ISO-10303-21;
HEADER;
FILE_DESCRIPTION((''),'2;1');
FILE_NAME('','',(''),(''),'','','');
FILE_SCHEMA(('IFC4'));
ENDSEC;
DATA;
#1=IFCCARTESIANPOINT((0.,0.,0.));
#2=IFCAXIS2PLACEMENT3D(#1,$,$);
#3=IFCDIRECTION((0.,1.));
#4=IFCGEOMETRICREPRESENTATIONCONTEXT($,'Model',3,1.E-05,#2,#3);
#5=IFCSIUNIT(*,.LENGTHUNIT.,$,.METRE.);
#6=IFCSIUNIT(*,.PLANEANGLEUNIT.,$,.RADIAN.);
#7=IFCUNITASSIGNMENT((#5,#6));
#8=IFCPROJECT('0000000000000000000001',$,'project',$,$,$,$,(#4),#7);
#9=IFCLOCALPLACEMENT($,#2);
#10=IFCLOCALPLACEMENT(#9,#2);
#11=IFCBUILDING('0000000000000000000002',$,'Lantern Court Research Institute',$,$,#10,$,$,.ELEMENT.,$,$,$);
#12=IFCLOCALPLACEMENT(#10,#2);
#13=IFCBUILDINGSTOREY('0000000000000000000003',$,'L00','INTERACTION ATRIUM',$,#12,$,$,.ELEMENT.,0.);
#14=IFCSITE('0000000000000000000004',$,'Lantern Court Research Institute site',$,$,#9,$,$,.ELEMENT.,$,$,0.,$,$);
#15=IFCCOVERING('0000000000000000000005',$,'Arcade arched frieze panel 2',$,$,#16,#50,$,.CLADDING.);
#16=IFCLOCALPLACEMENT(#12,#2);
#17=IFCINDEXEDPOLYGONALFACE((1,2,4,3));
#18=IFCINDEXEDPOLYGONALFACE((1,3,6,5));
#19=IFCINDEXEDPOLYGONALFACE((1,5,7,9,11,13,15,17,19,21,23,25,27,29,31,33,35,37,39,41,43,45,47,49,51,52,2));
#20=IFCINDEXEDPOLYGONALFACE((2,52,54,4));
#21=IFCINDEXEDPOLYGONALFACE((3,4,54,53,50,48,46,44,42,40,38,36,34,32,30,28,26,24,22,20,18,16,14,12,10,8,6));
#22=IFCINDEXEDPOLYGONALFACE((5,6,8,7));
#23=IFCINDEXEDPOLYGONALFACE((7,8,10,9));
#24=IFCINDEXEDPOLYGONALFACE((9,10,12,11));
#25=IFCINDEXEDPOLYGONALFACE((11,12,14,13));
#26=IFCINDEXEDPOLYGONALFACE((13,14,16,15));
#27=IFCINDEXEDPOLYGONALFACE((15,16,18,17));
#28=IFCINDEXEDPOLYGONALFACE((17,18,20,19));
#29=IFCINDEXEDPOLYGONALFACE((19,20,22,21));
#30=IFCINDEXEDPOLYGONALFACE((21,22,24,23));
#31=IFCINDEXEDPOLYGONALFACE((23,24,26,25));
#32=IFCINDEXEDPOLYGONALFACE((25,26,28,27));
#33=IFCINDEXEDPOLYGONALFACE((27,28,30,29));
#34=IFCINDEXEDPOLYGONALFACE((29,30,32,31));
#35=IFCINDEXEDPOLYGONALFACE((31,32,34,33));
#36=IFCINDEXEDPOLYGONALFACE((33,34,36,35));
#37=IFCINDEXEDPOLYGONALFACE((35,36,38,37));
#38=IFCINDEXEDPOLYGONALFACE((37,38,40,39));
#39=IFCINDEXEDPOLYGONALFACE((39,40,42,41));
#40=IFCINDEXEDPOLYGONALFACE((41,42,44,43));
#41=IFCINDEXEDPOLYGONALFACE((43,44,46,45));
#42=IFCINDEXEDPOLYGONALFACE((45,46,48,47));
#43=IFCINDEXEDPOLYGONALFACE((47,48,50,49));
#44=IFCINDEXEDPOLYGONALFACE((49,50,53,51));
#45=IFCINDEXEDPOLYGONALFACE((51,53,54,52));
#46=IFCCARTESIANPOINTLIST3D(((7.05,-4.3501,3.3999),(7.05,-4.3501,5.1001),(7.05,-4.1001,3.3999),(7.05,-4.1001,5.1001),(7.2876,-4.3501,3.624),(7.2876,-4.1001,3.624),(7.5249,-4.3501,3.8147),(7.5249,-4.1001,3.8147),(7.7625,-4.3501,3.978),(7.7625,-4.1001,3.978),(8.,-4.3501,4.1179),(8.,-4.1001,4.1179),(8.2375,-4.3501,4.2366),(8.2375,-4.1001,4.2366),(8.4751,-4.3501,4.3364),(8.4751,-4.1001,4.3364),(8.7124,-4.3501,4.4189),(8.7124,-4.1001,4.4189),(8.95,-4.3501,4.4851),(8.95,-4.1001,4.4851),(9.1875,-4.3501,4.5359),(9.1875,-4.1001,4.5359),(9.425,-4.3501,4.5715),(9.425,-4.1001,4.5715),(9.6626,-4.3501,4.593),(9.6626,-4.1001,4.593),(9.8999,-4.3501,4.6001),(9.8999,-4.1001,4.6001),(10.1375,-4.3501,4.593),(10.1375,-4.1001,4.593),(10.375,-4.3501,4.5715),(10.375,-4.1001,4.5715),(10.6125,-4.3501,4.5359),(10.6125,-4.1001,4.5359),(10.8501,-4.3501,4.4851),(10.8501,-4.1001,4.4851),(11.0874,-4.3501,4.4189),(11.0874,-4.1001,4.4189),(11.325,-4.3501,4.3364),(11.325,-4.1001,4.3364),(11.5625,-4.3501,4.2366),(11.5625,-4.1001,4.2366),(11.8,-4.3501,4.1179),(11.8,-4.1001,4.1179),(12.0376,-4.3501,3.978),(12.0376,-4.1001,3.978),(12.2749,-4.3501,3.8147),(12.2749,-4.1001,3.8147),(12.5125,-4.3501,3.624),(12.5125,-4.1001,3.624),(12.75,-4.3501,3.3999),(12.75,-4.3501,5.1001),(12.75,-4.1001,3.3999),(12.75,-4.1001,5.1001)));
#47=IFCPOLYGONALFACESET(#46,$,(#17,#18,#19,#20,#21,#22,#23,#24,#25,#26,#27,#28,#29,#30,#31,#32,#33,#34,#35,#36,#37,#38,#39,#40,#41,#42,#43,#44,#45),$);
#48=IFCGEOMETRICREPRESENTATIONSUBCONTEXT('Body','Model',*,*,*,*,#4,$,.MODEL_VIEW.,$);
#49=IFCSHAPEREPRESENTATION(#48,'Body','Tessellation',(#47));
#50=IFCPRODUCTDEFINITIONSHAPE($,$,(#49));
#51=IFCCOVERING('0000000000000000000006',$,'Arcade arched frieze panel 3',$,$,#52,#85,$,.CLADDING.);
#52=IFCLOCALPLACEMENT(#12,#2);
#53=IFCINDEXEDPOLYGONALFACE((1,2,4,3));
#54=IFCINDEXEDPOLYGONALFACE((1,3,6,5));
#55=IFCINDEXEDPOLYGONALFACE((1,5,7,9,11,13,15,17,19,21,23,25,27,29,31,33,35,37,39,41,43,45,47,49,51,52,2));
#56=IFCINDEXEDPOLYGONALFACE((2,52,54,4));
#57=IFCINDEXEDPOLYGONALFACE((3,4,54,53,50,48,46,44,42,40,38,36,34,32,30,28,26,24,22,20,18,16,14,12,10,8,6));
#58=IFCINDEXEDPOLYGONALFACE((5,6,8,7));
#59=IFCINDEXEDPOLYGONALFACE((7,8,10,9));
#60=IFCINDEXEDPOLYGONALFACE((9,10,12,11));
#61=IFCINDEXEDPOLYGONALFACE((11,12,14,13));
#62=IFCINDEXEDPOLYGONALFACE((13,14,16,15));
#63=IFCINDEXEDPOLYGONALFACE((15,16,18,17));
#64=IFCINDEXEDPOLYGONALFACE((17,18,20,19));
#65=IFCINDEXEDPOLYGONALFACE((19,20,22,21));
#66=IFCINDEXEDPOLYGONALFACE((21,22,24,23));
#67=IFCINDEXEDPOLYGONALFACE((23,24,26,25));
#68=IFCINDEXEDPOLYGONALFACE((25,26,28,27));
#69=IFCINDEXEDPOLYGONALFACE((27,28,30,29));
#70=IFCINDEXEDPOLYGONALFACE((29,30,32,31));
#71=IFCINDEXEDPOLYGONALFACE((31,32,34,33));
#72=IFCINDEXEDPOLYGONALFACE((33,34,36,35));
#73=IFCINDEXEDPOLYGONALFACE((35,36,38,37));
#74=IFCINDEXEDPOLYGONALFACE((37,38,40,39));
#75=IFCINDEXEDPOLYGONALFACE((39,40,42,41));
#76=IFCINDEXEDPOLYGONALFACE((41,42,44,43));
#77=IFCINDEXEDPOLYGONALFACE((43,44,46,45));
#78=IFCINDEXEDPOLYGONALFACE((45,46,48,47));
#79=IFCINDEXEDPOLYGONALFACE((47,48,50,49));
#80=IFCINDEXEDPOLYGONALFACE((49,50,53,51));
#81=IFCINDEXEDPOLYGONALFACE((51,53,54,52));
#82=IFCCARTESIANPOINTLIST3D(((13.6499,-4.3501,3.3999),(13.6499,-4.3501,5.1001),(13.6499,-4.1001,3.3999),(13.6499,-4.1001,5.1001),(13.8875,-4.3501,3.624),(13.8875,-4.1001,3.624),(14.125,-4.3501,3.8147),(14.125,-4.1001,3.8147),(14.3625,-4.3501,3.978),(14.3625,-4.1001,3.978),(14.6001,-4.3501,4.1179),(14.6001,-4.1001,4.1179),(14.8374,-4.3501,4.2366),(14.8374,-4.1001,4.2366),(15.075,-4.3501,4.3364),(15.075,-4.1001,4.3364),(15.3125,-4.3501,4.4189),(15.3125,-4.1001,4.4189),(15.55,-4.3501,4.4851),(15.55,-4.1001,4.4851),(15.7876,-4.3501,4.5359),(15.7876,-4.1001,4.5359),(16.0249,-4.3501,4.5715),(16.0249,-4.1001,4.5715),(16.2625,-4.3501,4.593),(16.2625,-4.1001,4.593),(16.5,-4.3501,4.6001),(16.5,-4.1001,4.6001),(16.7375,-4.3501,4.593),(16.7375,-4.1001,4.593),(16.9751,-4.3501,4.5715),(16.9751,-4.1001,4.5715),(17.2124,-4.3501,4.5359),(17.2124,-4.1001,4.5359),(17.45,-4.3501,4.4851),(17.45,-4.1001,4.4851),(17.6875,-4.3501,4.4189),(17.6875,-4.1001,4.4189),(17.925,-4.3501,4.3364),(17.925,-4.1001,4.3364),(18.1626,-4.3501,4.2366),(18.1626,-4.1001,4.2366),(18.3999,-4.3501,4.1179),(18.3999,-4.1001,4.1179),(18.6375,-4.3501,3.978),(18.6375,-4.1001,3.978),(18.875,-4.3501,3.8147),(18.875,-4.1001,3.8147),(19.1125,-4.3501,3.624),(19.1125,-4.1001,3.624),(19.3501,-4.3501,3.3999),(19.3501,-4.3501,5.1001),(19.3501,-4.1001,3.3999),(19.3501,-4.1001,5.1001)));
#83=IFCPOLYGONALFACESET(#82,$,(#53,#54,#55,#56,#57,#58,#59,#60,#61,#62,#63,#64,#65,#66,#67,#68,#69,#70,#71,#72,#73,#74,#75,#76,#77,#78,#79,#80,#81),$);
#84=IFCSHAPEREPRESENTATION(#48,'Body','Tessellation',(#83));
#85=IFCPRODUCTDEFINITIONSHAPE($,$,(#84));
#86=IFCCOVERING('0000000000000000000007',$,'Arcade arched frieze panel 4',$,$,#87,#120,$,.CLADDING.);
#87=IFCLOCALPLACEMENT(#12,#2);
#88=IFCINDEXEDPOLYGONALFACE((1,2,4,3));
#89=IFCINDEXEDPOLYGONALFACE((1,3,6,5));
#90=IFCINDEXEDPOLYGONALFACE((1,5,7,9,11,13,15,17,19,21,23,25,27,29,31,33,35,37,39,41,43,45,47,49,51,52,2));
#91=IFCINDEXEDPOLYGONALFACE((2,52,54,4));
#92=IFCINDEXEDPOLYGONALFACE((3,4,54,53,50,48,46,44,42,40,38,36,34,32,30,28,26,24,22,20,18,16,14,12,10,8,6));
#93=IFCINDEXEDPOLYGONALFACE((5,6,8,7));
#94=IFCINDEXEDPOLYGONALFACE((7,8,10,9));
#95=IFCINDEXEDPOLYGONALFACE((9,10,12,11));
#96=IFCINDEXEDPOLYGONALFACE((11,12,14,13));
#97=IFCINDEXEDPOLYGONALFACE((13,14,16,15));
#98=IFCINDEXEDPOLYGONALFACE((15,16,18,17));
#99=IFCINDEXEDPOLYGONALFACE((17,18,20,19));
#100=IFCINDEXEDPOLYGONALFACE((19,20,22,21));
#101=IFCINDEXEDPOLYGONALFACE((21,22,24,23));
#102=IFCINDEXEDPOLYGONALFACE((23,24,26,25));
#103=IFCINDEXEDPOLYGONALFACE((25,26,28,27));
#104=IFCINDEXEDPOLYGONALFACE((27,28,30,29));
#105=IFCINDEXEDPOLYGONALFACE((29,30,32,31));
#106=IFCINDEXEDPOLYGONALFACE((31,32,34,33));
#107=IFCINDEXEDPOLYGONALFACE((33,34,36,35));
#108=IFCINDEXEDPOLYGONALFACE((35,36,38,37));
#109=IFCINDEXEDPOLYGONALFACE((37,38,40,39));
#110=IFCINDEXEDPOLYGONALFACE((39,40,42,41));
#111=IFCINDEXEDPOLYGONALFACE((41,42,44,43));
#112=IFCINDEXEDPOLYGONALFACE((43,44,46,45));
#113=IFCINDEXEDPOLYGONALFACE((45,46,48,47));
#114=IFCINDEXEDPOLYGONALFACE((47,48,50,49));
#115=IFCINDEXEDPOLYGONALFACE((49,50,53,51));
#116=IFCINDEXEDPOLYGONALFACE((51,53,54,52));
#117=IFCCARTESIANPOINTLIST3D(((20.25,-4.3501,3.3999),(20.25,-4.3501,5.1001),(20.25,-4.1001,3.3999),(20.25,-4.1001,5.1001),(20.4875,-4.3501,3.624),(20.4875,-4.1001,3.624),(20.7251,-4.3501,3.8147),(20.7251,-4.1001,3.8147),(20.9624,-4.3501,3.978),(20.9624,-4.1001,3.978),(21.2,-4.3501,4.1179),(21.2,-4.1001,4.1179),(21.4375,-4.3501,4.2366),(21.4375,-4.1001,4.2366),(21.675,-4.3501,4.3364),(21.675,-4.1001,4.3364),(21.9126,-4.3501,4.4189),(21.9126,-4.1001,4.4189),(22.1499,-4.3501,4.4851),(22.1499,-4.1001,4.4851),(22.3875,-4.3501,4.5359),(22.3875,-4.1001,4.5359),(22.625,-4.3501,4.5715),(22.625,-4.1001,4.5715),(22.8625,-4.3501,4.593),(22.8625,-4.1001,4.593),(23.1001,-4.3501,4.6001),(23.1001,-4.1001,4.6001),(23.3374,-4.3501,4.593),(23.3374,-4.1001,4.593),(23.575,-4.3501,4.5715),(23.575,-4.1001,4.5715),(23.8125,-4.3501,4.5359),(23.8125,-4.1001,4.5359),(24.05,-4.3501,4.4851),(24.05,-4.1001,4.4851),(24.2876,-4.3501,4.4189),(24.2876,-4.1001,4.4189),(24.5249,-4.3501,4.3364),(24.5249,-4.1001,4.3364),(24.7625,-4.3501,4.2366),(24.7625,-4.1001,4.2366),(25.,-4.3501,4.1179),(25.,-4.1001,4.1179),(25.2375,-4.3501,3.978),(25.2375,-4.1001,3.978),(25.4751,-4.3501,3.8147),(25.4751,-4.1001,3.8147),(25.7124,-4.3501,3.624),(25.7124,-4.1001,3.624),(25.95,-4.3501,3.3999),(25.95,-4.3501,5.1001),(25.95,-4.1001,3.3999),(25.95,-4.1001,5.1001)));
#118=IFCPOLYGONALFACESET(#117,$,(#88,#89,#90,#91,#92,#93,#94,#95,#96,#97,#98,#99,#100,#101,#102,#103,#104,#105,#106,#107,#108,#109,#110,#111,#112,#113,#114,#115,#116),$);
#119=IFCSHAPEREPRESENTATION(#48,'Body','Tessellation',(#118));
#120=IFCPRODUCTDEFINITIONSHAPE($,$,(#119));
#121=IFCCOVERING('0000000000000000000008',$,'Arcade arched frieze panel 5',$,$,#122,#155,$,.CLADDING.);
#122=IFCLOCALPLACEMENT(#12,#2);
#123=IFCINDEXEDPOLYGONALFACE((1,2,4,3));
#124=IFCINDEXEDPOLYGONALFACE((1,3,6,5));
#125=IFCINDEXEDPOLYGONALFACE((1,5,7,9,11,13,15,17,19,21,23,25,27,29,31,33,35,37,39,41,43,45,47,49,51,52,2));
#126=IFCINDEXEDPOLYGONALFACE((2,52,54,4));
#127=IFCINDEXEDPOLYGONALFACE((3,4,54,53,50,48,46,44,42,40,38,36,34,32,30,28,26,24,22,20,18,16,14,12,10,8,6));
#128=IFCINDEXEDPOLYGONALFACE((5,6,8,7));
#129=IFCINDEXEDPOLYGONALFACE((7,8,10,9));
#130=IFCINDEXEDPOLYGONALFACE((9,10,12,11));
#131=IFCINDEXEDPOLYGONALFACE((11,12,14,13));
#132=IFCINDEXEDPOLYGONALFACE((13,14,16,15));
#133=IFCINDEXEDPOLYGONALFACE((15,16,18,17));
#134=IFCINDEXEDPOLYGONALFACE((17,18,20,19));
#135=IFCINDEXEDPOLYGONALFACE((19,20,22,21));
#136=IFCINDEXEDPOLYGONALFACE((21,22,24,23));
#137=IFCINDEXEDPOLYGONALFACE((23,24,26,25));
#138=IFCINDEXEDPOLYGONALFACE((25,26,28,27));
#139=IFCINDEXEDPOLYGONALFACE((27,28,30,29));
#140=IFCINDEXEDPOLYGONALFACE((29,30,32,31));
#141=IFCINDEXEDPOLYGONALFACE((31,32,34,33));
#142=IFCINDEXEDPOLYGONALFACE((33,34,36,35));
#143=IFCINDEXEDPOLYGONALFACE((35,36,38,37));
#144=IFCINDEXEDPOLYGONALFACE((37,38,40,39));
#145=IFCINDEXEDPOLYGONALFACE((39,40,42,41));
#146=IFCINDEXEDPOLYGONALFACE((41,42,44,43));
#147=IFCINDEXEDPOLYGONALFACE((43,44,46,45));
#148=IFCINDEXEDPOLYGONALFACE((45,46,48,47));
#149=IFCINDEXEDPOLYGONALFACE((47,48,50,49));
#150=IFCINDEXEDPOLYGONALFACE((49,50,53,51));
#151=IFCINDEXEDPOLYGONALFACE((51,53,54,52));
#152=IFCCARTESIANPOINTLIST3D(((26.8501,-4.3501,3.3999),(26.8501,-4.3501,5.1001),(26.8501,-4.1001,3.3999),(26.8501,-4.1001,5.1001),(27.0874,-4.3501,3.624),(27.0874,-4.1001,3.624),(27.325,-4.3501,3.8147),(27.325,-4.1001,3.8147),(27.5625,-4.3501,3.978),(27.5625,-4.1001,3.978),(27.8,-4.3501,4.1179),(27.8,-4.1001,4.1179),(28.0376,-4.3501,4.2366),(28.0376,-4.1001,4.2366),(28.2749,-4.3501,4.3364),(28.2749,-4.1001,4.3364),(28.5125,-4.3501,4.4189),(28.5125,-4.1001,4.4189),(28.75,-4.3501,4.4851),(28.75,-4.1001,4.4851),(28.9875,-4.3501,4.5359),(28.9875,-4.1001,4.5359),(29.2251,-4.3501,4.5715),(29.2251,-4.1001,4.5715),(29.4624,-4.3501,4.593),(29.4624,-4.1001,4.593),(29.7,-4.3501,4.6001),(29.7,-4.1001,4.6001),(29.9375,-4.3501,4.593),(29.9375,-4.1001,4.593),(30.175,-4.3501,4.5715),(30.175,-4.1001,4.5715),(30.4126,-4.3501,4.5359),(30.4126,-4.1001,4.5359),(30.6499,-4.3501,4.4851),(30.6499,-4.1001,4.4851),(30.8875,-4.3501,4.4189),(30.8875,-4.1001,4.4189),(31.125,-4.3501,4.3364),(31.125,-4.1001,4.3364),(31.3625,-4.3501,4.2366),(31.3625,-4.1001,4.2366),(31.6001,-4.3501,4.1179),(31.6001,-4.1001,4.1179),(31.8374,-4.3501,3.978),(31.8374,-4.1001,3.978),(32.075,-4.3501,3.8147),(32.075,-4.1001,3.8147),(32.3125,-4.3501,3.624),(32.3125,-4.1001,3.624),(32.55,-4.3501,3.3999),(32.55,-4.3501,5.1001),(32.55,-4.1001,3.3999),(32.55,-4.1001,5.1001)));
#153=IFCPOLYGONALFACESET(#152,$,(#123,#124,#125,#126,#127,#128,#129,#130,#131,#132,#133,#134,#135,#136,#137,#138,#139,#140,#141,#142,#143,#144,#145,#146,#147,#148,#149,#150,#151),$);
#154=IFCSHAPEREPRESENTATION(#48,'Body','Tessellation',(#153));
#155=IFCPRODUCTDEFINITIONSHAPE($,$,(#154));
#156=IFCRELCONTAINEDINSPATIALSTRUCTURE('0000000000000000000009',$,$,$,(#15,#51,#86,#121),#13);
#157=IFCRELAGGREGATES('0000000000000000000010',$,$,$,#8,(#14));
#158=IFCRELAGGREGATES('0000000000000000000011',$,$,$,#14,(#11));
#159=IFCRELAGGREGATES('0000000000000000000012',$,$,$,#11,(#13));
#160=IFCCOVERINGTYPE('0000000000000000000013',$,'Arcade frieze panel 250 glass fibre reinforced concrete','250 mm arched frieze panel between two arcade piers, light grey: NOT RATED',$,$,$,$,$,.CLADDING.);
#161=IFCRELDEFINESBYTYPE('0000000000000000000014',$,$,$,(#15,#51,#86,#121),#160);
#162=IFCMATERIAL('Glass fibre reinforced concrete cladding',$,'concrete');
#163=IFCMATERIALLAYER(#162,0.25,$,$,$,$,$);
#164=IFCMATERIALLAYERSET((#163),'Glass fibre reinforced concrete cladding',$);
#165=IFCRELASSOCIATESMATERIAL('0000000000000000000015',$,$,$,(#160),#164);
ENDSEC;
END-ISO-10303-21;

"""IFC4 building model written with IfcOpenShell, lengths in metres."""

from ifc_helpers import new_model, si_unit, direction, frame, origin, place, context, subcontext, project, spatial, polyline, outline, extrude, material, layer, layer_set, type_object, element, save


model = new_model("IFC4")

# Units and contexts
model_context = context("Model", 3, precision=1e-05, world=origin(), true_north=direction((0.0, 1.0)))
body_context = subcontext(model_context, "Body", "Model", "MODEL_VIEW")
ifc_project = project(units=[si_unit("LENGTHUNIT", "METRE"), si_unit("PLANEANGLEUNIT", "RADIAN")], contexts=[model_context])

# Site, building, storey
site_placement = place(None, origin())
site = spatial("IfcSite", under=ifc_project, at=site_placement, Name="Lantern Court Research Institute site", CompositionType="ELEMENT", RefElevation=0.0)
building_placement = place(site_placement, origin())
building = spatial("IfcBuilding", under=site, at=building_placement, Name="Lantern Court Research Institute", CompositionType="ELEMENT")
storey_placement = place(building_placement, origin())
storey = spatial("IfcBuildingStorey", under=building, at=storey_placement, Name="L00", Description="INTERACTION ATRIUM", CompositionType="ELEMENT", Elevation=0.0)

# Coverings
ifc_material_1 = material(Name="Glass fibre reinforced concrete cladding", Category="concrete")
ifc_layer_1 = layer(ifc_material_1, 0.25)
ifc_layer_set_1 = layer_set([ifc_layer_1], Name="Glass fibre reinforced concrete cladding")
covering_type = type_object("IfcCoveringType", Name="Arcade frieze panel 250 glass fibre reinforced concrete", Description="250 mm arched frieze panel between two arcade piers, light grey: NOT RATED", PredefinedType="CLADDING", material=ifc_layer_set_1)
covering_1_placement = place(storey_placement, frame((0.0, -4.1001, 0.0), z_axis=(0.0, -1.0, 0.0), x_axis=(1.0, 0.0, 0.0)))
element("IfcCovering", 1, at=covering_1_placement, inside=storey, type_object=covering_type, Name="Arcade arched frieze panel 2", PredefinedType="CLADDING", context=body_context, shape_type="SweptSolid", body=[
    extrude(outline(polyline([(7.05, 5.1001), (7.05, 3.3999), (7.2876, 3.624), (7.5249, 3.8147), (7.7625, 3.978), (8.0, 4.1179), (8.2375, 4.2366), (8.4751, 4.3364), (8.7124, 4.4189), (8.95, 4.4851), (9.1875, 4.5359), (9.425, 4.5715), (9.6626, 4.593), (9.8999, 4.6001), (10.1375, 4.593), (10.375, 4.5715), (10.6125, 4.5359), (10.8501, 4.4851), (11.0874, 4.4189), (11.325, 4.3364), (11.5625, 4.2366), (11.8, 4.1179), (12.0376, 3.978), (12.2749, 3.8147), (12.5125, 3.624), (12.75, 3.3999), (12.75, 5.1001), (7.05, 5.1001)])), origin(), (0.0, 0.0, 1.0), 0.25),
])
covering_2_placement = place(storey_placement, frame((0.0, -4.1001, 0.0), z_axis=(0.0, -1.0, 0.0), x_axis=(1.0, 0.0, 0.0)))
element("IfcCovering", 2, at=covering_2_placement, inside=storey, type_object=covering_type, Name="Arcade arched frieze panel 3", PredefinedType="CLADDING", context=body_context, shape_type="SweptSolid", body=[
    extrude(outline(polyline([(13.6499, 5.1001), (13.6499, 3.3999), (13.8875, 3.624), (14.125, 3.8147), (14.3625, 3.978), (14.6001, 4.1179), (14.8374, 4.2366), (15.075, 4.3364), (15.3125, 4.4189), (15.55, 4.4851), (15.7876, 4.5359), (16.0249, 4.5715), (16.2625, 4.593), (16.5, 4.6001), (16.7375, 4.593), (16.9751, 4.5715), (17.2124, 4.5359), (17.45, 4.4851), (17.6875, 4.4189), (17.925, 4.3364), (18.1626, 4.2366), (18.3999, 4.1179), (18.6375, 3.978), (18.875, 3.8147), (19.1125, 3.624), (19.3501, 3.3999), (19.3501, 5.1001), (13.6499, 5.1001)])), origin(), (0.0, 0.0, 1.0), 0.25),
])
covering_3_placement = place(storey_placement, frame((0.0, -4.1001, 0.0), z_axis=(0.0, -1.0, 0.0), x_axis=(1.0, 0.0, 0.0)))
element("IfcCovering", 3, at=covering_3_placement, inside=storey, type_object=covering_type, Name="Arcade arched frieze panel 4", PredefinedType="CLADDING", context=body_context, shape_type="SweptSolid", body=[
    extrude(outline(polyline([(20.25, 5.1001), (20.25, 3.3999), (20.4875, 3.624), (20.7251, 3.8147), (20.9624, 3.978), (21.2, 4.1179), (21.4375, 4.2366), (21.675, 4.3364), (21.9126, 4.4189), (22.1499, 4.4851), (22.3875, 4.5359), (22.625, 4.5715), (22.8625, 4.593), (23.1001, 4.6001), (23.3374, 4.593), (23.575, 4.5715), (23.8125, 4.5359), (24.05, 4.4851), (24.2876, 4.4189), (24.5249, 4.3364), (24.7625, 4.2366), (25.0, 4.1179), (25.2375, 3.978), (25.4751, 3.8147), (25.7124, 3.624), (25.95, 3.3999), (25.95, 5.1001), (20.25, 5.1001)])), origin(), (0.0, 0.0, 1.0), 0.25),
])
covering_4_placement = place(storey_placement, frame((0.0, -4.1001, 0.0), z_axis=(0.0, -1.0, 0.0), x_axis=(1.0, 0.0, 0.0)))
element("IfcCovering", 4, at=covering_4_placement, inside=storey, type_object=covering_type, Name="Arcade arched frieze panel 5", PredefinedType="CLADDING", context=body_context, shape_type="SweptSolid", body=[
    extrude(outline(polyline([(26.8501, 5.1001), (26.8501, 3.3999), (27.0874, 3.624), (27.325, 3.8147), (27.5625, 3.978), (27.8, 4.1179), (28.0376, 4.2366), (28.2749, 4.3364), (28.5125, 4.4189), (28.75, 4.4851), (28.9875, 4.5359), (29.2251, 4.5715), (29.4624, 4.593), (29.7, 4.6001), (29.9375, 4.593), (30.175, 4.5715), (30.4126, 4.5359), (30.6499, 4.4851), (30.8875, 4.4189), (31.125, 4.3364), (31.3625, 4.2366), (31.6001, 4.1179), (31.8374, 3.978), (32.075, 3.8147), (32.3125, 3.624), (32.55, 3.3999), (32.55, 5.1001), (26.8501, 5.1001)])), origin(), (0.0, 0.0, 1.0), 0.25),
])

save(model, "model.ifc")
